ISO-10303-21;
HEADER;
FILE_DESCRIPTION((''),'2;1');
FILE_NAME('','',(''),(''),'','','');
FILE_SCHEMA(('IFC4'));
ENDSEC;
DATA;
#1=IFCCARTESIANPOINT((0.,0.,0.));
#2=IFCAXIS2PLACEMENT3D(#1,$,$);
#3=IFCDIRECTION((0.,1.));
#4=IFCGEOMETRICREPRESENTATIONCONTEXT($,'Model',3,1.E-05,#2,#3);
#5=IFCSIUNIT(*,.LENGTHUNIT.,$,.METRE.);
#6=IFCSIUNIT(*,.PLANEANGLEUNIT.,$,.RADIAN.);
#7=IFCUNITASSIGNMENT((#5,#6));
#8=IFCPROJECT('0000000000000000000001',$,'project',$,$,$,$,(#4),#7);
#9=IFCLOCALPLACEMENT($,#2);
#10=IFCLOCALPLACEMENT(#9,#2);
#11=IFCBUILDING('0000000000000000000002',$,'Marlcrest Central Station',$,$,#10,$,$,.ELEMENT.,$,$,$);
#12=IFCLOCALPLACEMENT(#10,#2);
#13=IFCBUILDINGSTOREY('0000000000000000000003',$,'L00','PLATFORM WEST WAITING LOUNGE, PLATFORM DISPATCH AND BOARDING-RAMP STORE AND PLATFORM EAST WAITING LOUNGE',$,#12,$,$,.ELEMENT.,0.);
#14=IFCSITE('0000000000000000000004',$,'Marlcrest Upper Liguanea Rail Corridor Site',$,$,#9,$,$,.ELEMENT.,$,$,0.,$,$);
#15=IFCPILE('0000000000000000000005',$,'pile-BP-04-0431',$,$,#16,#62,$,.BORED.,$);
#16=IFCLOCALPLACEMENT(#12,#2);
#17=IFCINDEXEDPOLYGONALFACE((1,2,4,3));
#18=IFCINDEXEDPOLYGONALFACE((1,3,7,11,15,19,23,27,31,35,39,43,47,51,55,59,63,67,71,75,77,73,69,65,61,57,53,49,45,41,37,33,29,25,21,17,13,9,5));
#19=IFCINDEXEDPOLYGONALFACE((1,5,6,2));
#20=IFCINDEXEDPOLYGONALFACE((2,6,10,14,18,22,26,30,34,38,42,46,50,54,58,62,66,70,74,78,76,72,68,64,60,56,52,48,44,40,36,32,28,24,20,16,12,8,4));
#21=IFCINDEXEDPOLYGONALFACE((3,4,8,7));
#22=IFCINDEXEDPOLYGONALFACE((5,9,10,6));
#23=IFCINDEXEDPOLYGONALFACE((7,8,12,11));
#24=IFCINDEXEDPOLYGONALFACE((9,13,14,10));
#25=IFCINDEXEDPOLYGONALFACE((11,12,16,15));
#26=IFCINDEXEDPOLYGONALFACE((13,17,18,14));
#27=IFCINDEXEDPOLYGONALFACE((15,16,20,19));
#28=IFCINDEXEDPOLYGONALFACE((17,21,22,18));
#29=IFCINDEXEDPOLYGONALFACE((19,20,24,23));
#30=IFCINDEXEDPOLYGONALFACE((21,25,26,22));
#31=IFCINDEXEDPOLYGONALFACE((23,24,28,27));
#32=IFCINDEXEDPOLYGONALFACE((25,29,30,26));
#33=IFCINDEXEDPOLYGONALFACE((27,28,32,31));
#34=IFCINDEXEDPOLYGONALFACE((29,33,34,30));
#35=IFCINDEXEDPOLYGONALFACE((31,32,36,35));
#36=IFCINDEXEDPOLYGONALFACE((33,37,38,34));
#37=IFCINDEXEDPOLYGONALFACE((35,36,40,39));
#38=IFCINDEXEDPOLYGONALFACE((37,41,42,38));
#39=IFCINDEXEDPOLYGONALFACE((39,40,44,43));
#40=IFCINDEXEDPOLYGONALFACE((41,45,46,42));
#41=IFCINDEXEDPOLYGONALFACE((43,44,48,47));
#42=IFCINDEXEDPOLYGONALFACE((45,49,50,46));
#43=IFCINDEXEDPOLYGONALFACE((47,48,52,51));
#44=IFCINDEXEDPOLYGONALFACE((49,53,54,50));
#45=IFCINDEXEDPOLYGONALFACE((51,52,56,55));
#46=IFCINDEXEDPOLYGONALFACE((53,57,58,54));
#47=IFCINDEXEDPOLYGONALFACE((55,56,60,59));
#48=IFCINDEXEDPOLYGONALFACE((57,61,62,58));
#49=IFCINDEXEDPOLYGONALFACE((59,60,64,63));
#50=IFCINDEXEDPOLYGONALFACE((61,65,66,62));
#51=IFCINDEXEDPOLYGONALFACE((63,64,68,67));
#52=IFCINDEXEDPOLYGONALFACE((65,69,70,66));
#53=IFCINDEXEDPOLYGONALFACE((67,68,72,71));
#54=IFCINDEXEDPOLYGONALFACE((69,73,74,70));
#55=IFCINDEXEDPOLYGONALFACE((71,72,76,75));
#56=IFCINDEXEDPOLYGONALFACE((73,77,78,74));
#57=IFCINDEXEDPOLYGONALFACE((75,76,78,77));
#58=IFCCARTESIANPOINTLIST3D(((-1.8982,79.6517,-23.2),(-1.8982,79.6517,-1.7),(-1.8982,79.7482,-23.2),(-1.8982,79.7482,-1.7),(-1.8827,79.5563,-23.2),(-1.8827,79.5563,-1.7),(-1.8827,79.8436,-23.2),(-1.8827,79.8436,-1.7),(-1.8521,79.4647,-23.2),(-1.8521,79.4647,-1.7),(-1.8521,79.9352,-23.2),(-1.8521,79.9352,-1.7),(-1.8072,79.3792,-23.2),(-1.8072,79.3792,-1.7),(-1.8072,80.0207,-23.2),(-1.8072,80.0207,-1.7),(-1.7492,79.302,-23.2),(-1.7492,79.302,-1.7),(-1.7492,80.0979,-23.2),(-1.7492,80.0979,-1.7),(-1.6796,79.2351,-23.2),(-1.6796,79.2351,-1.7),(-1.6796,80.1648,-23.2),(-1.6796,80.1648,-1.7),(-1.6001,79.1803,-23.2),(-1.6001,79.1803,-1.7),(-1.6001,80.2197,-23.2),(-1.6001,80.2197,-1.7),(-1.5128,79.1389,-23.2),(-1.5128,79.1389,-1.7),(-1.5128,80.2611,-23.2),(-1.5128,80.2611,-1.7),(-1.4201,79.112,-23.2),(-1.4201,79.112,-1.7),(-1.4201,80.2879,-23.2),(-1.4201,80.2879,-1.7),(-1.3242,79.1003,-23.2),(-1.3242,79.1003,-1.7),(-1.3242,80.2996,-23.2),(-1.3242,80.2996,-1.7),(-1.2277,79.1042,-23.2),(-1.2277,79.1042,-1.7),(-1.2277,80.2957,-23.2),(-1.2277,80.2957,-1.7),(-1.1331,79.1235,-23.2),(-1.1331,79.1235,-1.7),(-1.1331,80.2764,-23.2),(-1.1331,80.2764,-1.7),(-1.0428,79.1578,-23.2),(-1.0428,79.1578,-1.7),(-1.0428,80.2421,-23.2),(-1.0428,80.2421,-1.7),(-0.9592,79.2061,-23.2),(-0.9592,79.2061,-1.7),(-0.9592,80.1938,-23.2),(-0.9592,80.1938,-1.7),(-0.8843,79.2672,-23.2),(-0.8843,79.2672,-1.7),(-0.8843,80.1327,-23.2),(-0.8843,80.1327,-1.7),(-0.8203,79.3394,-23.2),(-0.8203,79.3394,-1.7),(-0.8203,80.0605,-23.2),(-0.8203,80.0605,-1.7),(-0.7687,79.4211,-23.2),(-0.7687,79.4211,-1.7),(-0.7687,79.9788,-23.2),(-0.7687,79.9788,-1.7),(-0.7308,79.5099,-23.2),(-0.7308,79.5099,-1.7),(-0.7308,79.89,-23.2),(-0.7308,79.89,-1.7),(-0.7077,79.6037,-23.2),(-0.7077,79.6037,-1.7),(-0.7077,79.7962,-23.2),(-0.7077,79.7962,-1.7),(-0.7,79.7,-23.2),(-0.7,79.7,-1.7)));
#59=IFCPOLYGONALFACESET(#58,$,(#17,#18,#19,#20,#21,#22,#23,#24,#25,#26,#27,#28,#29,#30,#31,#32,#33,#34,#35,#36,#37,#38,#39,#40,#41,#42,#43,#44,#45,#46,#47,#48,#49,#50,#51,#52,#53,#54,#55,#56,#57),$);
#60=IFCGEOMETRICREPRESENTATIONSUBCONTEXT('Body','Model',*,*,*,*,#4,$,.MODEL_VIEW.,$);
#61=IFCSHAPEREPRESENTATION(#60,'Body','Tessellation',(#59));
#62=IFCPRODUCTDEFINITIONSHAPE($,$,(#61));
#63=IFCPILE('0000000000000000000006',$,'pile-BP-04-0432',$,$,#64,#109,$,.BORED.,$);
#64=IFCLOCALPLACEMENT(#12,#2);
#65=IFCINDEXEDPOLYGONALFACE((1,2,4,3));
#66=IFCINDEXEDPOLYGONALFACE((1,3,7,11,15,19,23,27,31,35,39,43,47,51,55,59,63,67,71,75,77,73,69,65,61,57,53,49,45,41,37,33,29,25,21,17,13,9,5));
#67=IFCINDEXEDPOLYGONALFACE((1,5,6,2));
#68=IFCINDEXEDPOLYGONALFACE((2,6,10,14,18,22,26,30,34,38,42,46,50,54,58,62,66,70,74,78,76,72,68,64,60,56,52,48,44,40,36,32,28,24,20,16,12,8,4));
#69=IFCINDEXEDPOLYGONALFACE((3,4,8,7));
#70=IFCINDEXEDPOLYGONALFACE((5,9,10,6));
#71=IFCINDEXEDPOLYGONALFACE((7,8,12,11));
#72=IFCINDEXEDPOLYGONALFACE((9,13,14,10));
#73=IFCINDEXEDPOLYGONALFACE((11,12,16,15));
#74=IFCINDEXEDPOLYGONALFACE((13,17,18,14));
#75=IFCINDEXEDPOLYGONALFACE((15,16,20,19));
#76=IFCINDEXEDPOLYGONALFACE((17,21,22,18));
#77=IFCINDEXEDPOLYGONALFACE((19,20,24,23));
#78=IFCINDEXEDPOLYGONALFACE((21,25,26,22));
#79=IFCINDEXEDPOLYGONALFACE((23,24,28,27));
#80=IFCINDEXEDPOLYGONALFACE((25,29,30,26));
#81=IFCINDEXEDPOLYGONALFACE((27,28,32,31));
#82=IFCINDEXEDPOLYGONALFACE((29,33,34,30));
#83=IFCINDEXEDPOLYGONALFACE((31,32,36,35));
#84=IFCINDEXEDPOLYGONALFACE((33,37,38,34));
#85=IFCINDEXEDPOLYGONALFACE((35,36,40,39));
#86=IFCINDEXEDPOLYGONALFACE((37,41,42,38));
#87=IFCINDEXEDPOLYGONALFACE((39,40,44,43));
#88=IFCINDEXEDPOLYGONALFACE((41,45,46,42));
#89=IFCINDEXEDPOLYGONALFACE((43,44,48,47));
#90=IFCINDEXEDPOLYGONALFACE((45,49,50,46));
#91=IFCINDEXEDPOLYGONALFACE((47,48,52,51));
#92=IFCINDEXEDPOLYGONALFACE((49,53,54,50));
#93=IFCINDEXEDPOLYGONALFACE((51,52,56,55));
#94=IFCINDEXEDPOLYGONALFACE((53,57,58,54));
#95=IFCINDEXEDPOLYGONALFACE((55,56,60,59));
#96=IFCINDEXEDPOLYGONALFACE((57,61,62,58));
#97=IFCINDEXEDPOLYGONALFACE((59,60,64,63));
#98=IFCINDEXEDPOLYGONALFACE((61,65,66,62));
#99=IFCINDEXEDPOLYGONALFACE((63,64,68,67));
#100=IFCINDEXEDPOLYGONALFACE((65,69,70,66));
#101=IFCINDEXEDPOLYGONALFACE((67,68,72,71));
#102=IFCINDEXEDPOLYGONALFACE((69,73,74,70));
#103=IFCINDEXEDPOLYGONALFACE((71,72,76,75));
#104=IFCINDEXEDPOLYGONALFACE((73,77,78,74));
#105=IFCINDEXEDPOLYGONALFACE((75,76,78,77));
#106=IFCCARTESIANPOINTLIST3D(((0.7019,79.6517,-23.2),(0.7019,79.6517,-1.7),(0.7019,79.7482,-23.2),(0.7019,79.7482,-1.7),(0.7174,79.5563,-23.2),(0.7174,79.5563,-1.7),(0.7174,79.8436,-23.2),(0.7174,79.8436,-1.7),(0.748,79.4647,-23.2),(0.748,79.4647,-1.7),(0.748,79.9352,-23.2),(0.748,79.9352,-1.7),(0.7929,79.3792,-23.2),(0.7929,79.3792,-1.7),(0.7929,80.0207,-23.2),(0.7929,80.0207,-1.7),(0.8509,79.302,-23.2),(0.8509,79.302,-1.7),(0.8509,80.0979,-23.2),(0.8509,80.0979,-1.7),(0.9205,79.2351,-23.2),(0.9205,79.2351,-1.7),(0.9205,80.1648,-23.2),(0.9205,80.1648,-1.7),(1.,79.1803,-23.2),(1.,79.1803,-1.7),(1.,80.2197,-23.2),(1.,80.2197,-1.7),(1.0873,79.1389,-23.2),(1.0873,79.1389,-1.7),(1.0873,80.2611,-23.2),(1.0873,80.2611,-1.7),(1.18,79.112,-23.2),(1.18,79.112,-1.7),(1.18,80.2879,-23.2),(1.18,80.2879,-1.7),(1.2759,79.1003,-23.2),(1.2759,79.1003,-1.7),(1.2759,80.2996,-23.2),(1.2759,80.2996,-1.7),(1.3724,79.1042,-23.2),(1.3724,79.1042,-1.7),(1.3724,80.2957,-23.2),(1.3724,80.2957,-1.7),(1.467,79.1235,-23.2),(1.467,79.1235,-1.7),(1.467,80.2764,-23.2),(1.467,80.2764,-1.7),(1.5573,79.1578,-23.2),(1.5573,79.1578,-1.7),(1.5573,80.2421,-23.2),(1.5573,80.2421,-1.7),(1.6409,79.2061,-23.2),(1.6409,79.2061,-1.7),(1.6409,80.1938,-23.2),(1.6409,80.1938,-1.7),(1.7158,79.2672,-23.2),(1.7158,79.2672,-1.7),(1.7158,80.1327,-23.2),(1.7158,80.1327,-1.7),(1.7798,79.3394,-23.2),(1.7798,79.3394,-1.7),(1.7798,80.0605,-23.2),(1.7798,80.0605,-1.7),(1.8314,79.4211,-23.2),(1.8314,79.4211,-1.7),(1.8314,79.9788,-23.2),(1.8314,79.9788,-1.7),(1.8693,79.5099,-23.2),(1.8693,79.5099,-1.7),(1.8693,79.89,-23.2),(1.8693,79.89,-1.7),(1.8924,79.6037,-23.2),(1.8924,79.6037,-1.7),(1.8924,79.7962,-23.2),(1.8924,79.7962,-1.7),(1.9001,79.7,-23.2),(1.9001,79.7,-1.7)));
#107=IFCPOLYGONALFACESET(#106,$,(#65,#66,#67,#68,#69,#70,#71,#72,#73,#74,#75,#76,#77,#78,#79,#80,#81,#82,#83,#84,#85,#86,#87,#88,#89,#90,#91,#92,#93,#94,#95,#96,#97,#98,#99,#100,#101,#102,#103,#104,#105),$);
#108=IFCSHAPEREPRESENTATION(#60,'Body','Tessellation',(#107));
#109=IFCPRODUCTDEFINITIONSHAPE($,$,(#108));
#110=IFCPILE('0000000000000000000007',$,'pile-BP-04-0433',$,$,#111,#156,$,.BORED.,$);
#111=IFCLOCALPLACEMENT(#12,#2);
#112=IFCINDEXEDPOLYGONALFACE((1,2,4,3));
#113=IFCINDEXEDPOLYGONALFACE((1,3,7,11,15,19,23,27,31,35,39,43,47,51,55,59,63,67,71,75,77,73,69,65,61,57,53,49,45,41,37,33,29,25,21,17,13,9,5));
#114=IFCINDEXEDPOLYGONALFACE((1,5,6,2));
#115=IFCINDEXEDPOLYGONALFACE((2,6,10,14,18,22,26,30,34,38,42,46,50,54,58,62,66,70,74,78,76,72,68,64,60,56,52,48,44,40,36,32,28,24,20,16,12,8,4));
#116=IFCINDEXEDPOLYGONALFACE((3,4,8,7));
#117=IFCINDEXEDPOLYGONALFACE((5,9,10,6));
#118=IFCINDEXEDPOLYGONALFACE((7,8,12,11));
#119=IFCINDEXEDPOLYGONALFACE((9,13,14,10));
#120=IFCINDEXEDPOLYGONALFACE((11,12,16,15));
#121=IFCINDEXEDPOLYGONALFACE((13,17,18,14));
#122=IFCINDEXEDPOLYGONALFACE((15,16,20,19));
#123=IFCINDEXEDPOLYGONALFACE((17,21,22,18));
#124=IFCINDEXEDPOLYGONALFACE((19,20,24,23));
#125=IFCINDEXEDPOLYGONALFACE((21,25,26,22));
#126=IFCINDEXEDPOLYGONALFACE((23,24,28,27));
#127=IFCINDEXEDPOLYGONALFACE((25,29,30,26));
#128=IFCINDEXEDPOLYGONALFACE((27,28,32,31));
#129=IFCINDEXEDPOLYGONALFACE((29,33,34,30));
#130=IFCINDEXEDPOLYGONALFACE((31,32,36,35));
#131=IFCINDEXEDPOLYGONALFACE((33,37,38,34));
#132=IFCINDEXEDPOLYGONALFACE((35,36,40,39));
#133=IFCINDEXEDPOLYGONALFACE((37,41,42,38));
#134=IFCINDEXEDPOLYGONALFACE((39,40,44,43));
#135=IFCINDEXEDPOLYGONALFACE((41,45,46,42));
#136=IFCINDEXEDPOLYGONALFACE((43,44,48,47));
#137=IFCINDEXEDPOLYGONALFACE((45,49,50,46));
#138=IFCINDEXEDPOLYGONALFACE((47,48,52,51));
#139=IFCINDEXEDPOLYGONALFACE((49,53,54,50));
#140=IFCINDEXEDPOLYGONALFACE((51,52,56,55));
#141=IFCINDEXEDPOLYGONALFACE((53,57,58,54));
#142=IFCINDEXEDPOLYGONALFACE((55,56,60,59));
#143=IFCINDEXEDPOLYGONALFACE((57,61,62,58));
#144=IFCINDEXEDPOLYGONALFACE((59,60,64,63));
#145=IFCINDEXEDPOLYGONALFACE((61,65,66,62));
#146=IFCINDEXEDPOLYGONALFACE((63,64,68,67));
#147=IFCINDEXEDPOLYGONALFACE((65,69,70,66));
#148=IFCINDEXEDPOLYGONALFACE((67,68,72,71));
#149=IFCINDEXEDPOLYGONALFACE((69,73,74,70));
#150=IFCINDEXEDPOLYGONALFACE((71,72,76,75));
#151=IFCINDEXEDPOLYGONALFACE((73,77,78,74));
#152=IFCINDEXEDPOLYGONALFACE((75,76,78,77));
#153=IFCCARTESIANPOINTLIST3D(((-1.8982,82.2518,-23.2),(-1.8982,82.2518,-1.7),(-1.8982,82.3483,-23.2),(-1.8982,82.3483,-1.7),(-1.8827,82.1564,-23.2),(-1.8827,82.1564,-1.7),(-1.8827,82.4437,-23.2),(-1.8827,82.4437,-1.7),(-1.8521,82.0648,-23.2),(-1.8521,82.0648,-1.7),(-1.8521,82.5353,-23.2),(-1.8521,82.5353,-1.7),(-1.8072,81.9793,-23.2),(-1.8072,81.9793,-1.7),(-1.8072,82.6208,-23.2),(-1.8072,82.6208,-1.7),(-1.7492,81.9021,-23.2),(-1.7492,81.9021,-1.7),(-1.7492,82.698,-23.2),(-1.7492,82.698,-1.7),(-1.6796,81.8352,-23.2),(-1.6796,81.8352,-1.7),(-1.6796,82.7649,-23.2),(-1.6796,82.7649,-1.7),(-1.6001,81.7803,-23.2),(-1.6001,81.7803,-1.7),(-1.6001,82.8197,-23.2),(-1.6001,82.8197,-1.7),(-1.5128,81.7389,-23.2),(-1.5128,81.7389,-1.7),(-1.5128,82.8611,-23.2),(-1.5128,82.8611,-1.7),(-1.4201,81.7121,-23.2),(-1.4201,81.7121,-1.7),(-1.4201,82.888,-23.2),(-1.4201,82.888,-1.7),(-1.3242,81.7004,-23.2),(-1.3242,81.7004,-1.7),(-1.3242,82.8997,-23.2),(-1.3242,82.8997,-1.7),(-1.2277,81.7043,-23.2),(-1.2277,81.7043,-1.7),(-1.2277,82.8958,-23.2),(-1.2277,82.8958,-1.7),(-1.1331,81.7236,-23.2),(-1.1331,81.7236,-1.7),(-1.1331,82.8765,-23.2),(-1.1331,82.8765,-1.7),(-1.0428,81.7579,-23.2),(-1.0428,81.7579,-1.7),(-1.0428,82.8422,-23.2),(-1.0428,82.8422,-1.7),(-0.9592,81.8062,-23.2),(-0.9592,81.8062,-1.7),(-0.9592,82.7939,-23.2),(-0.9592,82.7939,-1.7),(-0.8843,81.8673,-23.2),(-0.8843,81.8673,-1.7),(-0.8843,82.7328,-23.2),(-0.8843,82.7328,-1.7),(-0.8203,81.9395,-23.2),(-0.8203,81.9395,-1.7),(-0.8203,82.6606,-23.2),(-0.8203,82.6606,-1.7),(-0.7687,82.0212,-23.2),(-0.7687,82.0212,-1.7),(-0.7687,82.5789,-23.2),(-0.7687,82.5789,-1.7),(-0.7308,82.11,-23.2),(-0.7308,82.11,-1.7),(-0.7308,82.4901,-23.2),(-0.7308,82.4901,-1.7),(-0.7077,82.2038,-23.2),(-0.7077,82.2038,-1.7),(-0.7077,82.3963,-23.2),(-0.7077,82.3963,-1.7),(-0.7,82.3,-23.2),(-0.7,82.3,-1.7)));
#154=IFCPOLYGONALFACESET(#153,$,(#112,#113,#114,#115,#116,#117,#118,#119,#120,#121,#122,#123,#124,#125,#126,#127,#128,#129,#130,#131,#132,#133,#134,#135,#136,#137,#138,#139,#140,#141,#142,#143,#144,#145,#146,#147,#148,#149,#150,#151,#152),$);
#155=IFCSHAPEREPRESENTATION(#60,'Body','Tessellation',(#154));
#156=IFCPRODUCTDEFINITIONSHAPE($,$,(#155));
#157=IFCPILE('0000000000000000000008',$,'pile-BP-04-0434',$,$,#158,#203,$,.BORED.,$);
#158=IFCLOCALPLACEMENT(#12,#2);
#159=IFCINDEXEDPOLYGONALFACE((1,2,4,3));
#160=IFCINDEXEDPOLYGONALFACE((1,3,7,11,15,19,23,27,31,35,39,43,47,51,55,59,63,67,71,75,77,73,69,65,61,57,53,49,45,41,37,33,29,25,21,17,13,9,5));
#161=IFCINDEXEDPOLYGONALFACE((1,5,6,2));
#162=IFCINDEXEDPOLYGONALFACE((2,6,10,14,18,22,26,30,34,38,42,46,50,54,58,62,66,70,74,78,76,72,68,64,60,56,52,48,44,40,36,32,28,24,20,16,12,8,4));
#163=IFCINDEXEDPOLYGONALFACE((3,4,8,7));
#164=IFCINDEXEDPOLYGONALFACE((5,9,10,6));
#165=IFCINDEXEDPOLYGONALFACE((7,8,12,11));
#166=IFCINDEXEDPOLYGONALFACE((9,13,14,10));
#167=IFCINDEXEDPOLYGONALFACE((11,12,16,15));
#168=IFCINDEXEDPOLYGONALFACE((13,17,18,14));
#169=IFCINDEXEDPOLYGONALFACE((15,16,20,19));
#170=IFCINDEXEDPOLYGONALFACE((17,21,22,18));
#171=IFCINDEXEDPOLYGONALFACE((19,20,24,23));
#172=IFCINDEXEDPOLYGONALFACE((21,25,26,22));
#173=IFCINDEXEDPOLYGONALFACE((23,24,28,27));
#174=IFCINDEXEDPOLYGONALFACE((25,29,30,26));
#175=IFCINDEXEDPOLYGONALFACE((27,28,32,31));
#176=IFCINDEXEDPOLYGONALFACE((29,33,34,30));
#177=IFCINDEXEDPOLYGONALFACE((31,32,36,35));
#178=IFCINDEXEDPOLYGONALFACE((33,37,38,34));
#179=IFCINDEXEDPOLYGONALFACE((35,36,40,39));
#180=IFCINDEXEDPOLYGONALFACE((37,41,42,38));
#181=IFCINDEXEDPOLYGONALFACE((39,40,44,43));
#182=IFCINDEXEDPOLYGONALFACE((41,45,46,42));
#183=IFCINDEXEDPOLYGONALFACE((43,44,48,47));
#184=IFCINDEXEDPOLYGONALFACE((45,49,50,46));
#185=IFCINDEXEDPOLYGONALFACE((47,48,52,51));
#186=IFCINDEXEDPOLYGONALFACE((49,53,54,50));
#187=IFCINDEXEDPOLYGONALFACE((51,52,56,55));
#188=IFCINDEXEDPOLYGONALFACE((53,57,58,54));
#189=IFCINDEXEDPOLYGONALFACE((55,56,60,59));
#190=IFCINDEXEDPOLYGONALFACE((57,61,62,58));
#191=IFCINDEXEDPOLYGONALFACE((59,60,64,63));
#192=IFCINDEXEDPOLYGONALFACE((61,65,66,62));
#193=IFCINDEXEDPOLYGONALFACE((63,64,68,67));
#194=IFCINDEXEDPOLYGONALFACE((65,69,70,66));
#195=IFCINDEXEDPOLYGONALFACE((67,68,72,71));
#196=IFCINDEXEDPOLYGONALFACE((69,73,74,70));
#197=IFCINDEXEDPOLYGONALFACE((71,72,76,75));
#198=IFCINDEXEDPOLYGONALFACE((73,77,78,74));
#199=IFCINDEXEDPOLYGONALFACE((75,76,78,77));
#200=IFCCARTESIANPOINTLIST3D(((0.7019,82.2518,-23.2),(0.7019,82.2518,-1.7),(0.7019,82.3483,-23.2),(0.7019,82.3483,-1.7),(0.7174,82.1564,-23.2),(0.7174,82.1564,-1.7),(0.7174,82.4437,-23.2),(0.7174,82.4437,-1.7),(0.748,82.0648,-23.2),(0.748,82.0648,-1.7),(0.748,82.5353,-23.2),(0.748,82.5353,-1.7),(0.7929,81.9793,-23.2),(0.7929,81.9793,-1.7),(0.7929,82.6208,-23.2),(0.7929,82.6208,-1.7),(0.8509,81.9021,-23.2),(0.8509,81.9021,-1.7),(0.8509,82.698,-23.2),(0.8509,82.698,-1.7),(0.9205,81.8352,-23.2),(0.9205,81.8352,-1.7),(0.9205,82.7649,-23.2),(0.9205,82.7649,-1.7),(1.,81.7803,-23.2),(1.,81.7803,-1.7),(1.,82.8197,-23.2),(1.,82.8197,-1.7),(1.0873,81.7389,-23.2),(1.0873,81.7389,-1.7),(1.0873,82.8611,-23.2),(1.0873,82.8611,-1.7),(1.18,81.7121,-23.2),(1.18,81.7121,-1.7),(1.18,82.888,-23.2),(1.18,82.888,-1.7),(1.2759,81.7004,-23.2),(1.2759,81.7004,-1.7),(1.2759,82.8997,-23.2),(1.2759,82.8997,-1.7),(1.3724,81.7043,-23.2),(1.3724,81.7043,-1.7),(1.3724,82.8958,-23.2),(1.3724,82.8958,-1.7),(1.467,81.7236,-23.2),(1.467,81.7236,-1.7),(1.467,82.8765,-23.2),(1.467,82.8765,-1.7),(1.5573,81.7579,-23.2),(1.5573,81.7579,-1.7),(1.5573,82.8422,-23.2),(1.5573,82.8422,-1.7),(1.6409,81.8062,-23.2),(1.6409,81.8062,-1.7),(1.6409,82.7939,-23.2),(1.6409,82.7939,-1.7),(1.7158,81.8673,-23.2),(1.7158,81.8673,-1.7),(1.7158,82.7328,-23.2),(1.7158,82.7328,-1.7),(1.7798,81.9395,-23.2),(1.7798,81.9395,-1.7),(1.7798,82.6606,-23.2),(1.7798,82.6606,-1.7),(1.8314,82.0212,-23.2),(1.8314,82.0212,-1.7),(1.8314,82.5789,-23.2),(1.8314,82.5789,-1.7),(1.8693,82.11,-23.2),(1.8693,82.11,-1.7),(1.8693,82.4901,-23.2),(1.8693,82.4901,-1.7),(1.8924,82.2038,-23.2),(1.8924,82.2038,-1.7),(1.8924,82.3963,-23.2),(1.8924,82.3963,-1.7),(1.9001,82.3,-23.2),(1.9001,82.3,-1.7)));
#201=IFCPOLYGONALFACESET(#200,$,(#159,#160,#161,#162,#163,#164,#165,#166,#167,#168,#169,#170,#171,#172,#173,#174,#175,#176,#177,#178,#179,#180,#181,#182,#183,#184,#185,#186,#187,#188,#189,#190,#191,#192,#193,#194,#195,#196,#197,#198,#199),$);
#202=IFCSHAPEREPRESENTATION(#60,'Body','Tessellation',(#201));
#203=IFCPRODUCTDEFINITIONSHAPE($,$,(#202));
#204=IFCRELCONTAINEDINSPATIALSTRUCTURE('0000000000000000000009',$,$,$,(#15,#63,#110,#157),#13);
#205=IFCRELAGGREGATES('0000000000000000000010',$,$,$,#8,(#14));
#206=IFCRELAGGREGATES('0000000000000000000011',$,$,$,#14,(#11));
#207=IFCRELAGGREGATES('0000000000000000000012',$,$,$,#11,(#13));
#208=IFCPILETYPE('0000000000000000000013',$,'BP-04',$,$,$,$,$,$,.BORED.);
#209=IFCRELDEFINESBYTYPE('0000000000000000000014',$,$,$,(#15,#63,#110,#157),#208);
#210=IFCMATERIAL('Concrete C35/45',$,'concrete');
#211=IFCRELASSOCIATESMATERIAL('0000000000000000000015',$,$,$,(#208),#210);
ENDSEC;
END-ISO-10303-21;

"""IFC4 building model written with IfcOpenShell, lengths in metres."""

from ifc_helpers import new_model, si_unit, direction, frame, origin, origin_2d, place, context, subcontext, project, spatial, circle, extrude, material, material_profile, profile_set, type_object, element, save


model = new_model("IFC4")

# Units and contexts
model_context = context("Model", 3, precision=1e-05, world=origin(), true_north=direction((0.0, 1.0)))
body_context = subcontext(model_context, "Body", "Model", "MODEL_VIEW")
ifc_project = project(units=[si_unit("LENGTHUNIT", "METRE"), si_unit("PLANEANGLEUNIT", "RADIAN")], contexts=[model_context])

# Site, building, storey
site_placement = place(None, origin())
site = spatial("IfcSite", under=ifc_project, at=site_placement, Name="Marlcrest Upper Liguanea Rail Corridor Site", CompositionType="ELEMENT", RefElevation=0.0)
building_placement = place(site_placement, origin())
building = spatial("IfcBuilding", under=site, at=building_placement, Name="Marlcrest Central Station", CompositionType="ELEMENT")
storey_placement = place(building_placement, origin())
storey = spatial("IfcBuildingStorey", under=building, at=storey_placement, Name="L00", Description="PLATFORM WEST WAITING LOUNGE, PLATFORM DISPATCH AND BOARDING-RAMP STORE AND PLATFORM EAST WAITING LOUNGE", CompositionType="ELEMENT", Elevation=0.0)

# Piles
ifc_material_1 = material(Name="Concrete C35/45", Category="concrete")
ifc_material_profile_1 = material_profile(ifc_material_1, circle(Radius=0.6001, at=origin_2d()), Name="PILE D1200")
ifc_profile_set_1 = profile_set([ifc_material_profile_1], Name="Concrete C35/45")
pile_type = type_object("IfcPileType", Name="BP-04", PredefinedType="BORED", material=ifc_profile_set_1)
for number, where, z_axis, x_axis, name in (
    (1, (-1.3, 79.7, -1.7), (0.0, 0.0, -1.0), (1.0, 0.0, 0.0), "pile-BP-04-0431"),
    (2, (1.3, 79.7, -1.7), (0.0, 0.0, -1.0), (1.0, 0.0, 0.0), "pile-BP-04-0432"),
    (3, (-1.3, 82.3, -1.7), (0.0, 0.0, -1.0), (1.0, 0.0, 0.0), "pile-BP-04-0433"),
    (4, (1.3, 82.3, -1.7), (0.0, 0.0, -1.0), (1.0, 0.0, 0.0), "pile-BP-04-0434"),
):
    element("IfcPile", number, at=place(storey_placement, frame(where, z_axis=z_axis, x_axis=x_axis)), inside=storey, type_object=pile_type, Name=name, PredefinedType="BORED", context=body_context, shape_type="SweptSolid", body=[
        extrude(circle(Radius=0.6001, at=origin_2d()), origin(), (0.0, 0.0, 1.0), 21.5),
    ])

save(model, "model.ifc")
